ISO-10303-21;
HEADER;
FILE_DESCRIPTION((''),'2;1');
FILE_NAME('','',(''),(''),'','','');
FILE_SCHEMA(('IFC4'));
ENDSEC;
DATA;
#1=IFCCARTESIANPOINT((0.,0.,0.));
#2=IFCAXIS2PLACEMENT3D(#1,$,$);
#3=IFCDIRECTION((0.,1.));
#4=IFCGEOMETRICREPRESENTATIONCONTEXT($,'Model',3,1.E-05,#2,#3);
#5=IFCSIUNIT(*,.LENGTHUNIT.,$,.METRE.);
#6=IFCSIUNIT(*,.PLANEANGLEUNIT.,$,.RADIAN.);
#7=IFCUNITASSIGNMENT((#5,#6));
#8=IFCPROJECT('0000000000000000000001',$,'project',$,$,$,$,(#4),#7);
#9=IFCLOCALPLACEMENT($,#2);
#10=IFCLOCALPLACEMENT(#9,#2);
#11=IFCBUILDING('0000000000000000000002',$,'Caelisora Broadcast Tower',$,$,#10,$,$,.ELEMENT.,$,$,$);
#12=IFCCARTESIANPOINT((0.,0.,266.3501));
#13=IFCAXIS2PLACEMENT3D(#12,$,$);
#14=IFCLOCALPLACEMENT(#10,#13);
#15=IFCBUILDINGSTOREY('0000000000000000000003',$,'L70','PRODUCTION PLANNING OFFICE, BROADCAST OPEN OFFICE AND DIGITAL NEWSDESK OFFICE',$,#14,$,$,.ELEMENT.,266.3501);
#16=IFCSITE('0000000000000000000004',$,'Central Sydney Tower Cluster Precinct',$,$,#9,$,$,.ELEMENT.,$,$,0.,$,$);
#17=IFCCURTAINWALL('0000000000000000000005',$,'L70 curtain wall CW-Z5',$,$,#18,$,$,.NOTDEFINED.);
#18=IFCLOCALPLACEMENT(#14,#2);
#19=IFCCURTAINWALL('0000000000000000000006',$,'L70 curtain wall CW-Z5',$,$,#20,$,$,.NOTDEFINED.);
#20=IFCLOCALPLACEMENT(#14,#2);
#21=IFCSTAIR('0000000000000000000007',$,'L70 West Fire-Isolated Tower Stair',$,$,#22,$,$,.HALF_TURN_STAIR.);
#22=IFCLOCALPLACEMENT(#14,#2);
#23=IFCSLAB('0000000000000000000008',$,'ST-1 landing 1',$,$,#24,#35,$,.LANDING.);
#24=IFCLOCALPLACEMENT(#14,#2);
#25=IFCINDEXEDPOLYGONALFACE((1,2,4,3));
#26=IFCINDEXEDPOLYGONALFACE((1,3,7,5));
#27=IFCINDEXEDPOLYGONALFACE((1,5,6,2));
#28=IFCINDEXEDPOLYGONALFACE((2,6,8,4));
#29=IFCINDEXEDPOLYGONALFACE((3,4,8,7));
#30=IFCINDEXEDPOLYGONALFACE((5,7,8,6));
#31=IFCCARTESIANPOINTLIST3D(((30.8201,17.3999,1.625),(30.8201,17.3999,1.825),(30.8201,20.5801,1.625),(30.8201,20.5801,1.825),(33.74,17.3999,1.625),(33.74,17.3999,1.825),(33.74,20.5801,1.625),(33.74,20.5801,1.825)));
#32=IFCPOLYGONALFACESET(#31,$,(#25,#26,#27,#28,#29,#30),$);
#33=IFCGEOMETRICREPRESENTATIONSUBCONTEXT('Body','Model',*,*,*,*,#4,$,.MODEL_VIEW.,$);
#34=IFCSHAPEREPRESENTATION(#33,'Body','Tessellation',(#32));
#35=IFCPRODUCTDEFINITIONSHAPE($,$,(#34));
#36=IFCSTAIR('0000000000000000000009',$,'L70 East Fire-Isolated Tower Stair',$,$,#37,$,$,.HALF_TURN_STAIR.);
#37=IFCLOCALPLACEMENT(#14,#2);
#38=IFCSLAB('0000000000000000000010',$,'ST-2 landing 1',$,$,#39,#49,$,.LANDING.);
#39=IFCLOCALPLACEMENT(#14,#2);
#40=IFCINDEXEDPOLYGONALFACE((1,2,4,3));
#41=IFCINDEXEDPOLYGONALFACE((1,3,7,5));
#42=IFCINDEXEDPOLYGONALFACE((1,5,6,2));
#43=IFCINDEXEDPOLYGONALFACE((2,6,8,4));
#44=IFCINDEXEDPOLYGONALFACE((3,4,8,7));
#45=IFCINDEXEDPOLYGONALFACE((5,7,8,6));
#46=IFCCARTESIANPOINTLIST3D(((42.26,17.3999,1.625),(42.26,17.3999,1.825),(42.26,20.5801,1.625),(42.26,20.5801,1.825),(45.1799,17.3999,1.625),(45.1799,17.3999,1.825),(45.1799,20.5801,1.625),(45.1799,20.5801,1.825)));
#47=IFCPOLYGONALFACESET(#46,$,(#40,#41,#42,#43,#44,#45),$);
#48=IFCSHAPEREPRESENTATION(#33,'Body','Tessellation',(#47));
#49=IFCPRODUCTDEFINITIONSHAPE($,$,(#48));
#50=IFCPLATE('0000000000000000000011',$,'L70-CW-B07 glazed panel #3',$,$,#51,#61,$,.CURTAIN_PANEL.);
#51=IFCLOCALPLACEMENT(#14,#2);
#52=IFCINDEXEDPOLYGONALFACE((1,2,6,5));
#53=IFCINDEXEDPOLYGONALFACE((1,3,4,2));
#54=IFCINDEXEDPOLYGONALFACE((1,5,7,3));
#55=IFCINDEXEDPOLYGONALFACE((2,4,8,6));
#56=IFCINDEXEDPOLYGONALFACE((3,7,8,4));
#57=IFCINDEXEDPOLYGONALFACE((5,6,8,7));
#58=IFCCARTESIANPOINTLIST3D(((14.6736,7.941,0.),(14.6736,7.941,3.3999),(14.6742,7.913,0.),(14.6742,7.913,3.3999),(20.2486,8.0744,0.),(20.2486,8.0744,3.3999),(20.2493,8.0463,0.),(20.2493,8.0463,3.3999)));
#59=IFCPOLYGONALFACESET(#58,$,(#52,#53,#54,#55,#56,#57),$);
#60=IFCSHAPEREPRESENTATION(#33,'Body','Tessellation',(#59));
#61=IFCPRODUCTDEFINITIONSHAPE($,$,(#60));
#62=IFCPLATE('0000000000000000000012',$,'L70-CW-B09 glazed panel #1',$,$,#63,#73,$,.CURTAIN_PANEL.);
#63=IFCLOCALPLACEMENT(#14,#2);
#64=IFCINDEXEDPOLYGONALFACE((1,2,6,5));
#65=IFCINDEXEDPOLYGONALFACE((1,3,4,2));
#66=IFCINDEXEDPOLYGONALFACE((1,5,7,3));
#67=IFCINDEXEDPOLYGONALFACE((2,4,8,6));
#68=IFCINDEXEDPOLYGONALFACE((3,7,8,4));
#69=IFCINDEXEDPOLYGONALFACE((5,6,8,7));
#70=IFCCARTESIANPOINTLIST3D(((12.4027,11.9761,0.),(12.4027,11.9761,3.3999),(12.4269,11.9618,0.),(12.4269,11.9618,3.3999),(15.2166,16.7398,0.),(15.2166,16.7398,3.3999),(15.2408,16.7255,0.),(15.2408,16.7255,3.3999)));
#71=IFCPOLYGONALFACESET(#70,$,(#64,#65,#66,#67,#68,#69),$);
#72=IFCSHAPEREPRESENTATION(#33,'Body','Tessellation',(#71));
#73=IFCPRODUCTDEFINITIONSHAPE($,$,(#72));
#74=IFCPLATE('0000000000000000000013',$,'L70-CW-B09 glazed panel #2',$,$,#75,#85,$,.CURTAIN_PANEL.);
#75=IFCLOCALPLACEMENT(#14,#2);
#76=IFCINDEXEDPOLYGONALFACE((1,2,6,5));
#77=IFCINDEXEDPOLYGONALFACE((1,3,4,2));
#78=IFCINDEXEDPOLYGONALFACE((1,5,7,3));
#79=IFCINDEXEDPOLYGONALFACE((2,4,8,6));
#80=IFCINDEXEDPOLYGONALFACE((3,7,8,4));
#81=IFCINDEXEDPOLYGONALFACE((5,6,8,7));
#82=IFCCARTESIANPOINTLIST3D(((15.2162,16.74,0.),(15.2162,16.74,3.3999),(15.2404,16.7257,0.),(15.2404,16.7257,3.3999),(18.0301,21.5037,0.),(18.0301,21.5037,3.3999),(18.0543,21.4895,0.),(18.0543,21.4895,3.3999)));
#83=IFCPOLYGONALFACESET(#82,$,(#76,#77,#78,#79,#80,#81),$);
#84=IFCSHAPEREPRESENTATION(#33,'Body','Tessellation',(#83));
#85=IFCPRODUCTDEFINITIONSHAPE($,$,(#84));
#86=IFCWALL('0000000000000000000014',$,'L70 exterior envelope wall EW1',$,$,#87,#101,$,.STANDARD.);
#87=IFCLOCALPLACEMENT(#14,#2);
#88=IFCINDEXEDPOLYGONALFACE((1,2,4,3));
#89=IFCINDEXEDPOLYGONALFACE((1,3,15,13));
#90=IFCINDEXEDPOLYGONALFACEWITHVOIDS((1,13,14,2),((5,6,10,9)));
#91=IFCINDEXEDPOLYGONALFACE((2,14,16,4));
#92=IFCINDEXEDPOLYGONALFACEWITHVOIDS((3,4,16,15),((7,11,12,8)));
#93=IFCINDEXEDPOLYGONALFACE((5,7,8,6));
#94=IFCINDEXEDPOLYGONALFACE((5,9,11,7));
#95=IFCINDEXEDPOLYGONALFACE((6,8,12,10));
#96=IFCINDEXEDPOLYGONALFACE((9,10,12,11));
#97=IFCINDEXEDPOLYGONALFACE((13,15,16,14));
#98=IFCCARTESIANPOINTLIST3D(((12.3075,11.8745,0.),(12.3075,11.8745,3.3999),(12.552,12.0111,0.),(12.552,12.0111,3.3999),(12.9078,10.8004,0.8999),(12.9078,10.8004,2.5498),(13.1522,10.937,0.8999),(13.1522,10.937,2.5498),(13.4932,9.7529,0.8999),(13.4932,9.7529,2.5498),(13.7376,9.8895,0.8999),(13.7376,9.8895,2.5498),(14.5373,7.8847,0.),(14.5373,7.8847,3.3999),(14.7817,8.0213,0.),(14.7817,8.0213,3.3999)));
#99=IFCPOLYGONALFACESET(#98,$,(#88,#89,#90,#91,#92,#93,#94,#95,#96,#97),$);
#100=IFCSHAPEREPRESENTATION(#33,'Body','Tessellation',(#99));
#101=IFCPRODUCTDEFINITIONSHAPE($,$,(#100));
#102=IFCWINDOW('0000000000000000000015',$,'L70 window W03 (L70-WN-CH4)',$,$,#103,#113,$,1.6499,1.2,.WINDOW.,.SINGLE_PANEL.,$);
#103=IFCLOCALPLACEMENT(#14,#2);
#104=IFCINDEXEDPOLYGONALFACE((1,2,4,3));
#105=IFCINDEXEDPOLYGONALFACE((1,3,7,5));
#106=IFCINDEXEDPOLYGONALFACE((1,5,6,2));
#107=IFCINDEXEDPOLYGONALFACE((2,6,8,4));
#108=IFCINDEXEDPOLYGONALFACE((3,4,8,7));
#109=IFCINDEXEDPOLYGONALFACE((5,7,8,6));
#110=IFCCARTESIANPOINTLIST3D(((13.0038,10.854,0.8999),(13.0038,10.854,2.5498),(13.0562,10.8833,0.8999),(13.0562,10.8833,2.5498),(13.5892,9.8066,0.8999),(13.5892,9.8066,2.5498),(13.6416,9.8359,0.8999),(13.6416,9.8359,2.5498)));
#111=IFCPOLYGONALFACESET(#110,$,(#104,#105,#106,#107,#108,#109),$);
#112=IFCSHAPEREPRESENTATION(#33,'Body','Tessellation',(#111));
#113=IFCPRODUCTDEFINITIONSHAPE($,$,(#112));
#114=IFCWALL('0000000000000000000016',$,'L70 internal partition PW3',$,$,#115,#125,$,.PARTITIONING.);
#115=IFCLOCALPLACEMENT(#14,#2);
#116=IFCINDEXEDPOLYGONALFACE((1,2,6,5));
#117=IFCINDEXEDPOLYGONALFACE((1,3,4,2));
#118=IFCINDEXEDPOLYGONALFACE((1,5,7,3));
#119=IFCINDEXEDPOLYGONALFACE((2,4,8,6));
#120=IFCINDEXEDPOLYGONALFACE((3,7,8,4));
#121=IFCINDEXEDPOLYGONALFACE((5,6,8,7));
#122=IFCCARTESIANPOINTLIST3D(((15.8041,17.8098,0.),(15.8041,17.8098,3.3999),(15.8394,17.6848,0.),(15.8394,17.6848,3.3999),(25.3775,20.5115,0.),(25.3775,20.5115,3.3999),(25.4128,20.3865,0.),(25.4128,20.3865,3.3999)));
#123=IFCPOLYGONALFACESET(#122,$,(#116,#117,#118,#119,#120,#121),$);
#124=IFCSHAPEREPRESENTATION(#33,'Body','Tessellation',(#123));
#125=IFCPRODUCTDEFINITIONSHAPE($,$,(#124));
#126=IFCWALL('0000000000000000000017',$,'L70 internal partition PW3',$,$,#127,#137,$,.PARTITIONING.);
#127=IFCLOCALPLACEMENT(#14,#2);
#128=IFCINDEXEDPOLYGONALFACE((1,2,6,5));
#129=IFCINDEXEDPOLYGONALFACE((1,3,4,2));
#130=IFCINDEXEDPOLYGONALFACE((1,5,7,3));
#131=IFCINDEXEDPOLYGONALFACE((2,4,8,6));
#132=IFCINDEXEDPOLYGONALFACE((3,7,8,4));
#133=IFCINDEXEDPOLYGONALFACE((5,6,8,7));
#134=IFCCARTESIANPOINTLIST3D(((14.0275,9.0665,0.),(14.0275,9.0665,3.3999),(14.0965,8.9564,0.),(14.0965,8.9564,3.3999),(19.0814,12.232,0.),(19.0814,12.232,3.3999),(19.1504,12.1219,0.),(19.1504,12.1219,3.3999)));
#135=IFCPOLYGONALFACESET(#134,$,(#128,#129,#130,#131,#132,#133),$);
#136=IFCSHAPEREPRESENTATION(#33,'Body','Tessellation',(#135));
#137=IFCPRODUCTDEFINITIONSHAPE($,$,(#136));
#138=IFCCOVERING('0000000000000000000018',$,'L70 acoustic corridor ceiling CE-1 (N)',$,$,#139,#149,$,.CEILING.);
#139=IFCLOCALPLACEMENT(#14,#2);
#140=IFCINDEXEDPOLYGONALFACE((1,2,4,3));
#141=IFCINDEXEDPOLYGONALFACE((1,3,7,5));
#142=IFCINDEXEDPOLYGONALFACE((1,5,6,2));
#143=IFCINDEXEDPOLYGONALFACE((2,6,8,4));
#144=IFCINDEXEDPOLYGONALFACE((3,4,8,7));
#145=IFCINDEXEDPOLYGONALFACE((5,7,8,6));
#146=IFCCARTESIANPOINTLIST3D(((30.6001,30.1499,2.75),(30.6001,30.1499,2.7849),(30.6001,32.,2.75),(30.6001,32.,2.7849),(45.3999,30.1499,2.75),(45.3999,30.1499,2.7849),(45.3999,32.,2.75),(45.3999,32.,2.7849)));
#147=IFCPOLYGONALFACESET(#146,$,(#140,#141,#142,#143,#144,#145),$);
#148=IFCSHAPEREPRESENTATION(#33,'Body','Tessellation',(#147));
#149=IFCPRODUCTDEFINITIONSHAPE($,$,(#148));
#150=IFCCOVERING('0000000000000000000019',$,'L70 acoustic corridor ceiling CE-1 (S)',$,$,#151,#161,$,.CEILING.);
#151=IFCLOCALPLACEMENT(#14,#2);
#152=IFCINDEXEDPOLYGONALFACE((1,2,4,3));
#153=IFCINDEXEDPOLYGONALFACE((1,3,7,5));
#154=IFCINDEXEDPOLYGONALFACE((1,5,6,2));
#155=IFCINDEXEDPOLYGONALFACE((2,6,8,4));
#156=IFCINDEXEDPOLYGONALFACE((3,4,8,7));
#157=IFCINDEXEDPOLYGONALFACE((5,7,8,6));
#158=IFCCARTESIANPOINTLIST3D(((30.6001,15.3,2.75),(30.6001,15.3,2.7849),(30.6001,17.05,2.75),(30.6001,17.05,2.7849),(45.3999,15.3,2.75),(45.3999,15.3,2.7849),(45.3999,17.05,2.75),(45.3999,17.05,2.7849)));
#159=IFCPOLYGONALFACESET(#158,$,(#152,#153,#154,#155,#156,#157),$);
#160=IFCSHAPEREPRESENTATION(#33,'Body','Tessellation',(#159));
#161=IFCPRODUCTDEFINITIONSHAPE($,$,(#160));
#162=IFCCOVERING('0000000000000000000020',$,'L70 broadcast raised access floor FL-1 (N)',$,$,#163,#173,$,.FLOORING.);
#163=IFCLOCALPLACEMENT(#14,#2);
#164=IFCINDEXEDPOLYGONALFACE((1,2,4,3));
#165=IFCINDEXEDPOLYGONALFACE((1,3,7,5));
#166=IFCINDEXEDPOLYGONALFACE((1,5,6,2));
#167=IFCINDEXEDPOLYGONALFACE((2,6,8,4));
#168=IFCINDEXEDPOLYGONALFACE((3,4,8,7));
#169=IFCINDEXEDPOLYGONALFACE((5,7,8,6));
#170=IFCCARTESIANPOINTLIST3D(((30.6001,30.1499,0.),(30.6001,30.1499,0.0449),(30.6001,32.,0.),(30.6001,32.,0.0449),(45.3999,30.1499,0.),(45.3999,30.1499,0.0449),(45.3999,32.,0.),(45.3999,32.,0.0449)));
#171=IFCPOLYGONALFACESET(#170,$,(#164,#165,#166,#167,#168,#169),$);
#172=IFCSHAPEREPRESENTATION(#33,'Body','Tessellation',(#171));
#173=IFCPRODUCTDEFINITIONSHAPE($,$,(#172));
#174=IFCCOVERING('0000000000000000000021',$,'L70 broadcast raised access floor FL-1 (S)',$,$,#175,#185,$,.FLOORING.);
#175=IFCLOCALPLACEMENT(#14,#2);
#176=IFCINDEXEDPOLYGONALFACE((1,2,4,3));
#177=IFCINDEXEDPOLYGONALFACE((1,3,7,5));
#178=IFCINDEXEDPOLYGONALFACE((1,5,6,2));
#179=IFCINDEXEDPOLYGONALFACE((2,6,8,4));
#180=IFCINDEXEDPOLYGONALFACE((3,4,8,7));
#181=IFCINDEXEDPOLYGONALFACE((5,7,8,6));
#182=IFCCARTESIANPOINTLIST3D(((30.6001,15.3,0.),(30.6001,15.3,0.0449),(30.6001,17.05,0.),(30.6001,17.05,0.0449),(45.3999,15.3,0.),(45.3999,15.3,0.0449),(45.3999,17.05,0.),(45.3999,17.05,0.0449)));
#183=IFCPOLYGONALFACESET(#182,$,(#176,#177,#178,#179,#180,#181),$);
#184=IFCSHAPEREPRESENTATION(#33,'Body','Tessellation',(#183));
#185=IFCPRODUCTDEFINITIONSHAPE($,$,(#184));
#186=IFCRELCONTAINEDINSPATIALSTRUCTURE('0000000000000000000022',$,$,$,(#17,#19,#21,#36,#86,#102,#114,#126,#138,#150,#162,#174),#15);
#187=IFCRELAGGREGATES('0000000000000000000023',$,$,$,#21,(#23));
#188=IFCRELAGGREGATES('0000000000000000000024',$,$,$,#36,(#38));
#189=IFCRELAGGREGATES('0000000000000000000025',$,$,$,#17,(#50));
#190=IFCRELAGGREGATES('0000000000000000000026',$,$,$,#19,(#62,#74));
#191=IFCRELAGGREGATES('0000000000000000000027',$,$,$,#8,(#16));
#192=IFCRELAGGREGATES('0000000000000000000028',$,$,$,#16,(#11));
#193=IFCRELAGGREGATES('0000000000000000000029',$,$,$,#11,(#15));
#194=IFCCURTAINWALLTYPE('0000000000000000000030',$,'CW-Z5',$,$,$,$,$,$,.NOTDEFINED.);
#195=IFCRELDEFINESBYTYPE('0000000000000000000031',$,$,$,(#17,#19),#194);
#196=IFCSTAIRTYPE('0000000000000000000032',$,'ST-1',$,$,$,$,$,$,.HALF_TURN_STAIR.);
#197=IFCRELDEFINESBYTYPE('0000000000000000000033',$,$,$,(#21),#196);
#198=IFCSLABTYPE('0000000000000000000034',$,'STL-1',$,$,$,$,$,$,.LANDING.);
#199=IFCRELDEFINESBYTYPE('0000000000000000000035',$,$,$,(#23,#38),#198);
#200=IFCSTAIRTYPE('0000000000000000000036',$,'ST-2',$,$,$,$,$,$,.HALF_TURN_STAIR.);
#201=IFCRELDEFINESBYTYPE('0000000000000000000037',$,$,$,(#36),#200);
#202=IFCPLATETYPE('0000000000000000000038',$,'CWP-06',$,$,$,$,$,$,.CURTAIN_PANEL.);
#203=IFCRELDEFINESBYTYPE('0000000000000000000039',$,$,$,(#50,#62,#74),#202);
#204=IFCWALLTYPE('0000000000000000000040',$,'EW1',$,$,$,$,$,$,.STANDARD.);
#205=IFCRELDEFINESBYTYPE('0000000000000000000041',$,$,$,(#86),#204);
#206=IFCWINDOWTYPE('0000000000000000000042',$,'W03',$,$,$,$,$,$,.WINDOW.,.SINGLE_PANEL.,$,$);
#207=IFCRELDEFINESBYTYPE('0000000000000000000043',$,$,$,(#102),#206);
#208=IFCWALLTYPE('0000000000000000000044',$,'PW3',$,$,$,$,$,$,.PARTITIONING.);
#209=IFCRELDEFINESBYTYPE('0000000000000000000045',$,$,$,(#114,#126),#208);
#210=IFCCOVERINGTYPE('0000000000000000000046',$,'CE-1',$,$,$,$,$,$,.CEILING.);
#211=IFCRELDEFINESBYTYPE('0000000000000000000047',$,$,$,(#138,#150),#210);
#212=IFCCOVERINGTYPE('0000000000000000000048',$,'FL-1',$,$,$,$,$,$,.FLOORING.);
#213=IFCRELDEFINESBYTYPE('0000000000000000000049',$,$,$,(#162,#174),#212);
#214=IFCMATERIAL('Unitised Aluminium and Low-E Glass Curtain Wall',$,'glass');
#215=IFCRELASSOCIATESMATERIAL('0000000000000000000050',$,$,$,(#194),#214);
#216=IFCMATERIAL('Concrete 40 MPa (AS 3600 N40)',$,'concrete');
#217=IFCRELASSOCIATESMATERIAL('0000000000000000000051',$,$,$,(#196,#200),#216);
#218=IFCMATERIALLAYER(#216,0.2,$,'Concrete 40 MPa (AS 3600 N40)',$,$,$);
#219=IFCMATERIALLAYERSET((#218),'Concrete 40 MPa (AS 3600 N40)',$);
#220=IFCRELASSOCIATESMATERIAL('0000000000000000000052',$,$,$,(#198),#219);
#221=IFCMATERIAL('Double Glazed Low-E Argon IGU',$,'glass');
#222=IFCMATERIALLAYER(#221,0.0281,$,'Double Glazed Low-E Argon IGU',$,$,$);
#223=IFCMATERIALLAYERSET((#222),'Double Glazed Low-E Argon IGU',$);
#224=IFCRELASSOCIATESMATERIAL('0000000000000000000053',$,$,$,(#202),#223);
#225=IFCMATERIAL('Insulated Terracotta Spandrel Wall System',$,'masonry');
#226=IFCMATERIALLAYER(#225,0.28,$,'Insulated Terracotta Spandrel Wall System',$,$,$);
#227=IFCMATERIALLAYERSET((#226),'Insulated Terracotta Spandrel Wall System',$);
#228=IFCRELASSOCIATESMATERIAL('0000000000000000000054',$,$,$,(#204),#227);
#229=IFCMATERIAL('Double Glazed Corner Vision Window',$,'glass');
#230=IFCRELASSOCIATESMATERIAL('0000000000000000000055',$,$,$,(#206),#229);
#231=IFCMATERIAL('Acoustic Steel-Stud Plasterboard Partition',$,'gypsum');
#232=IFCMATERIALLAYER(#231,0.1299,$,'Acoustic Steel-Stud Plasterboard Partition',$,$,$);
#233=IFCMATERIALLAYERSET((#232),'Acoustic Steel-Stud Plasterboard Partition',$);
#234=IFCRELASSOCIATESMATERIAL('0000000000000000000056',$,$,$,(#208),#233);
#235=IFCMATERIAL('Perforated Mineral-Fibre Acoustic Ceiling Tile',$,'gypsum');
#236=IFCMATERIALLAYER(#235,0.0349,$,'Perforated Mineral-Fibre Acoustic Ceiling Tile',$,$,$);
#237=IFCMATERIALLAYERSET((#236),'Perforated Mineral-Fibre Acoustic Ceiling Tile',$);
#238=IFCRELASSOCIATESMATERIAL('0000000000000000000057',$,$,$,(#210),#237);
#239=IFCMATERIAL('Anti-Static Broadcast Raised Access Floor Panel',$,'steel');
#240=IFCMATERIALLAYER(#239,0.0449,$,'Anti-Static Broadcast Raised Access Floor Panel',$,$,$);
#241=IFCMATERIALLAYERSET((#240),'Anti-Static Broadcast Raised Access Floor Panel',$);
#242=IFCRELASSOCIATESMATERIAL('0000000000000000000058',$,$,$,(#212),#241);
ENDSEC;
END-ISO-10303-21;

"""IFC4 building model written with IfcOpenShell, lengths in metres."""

from ifc_helpers import new_model, si_unit, direction, frame, frame_2d, origin, origin_2d, place, context, subcontext, project, spatial, polyline, rectangle, outline, extrude, source, transform, mapped, material, layer, layer_set, type_object, type_shapes, element, fill, aggregate, save


model = new_model("IFC4")

# Units and contexts
model_context = context("Model", 3, precision=1e-05, world=origin(), true_north=direction((0.0, 1.0)))
body_context = subcontext(model_context, "Body", "Model", "MODEL_VIEW")
ifc_project = project(units=[si_unit("LENGTHUNIT", "METRE"), si_unit("PLANEANGLEUNIT", "RADIAN")], contexts=[model_context])

# Site, building, storey
site_placement = place(None, origin())
site = spatial("IfcSite", under=ifc_project, at=site_placement, Name="Central Sydney Tower Cluster Precinct", CompositionType="ELEMENT", RefElevation=0.0)
building_placement = place(site_placement, origin())
building = spatial("IfcBuilding", under=site, at=building_placement, Name="Caelisora Broadcast Tower", CompositionType="ELEMENT")
storey_placement = place(building_placement, frame((0.0, 0.0, 266.3501)))
storey = spatial("IfcBuildingStorey", under=building, at=storey_placement, Name="L70", Description="PRODUCTION PLANNING OFFICE, BROADCAST OPEN OFFICE AND DIGITAL NEWSDESK OFFICE", CompositionType="ELEMENT", Elevation=266.3501)

# Curtain wall
ifc_material_1 = material(Name="Unitised Aluminium and Low-E Glass Curtain Wall", Category="glass")
curtain_wall_type = type_object("IfcCurtainWallType", Name="CW-Z5", PredefinedType="NOTDEFINED", material=ifc_material_1)
curtain_wall_1_placement = place(storey_placement, origin())
curtain_wall_1 = element("IfcCurtainWall", 1, at=curtain_wall_1_placement, inside=storey, type_object=curtain_wall_type, Name="L70 curtain wall CW-Z5", PredefinedType="NOTDEFINED")

# Curtain wall
curtain_wall_2_placement = place(storey_placement, origin())
curtain_wall_2 = element("IfcCurtainWall", 2, at=curtain_wall_2_placement, inside=storey, type_object=curtain_wall_type, Name="L70 curtain wall CW-Z5", PredefinedType="NOTDEFINED")

# Shared definitions
ifc_material_2 = material(Name="Concrete 40 MPa (AS 3600 N40)", Category="concrete")

# Stairs, slabs
stair_type_1 = type_object("IfcStairType", Name="ST-1", PredefinedType="HALF_TURN_STAIR", material=ifc_material_2)
stair_1_placement = place(storey_placement, origin())
stair_1 = element("IfcStair", 3, at=stair_1_placement, inside=storey, type_object=stair_type_1, Name="L70 West Fire-Isolated Tower Stair", PredefinedType="HALF_TURN_STAIR")
ifc_layer_1 = layer(ifc_material_2, 0.2, Name="Concrete 40 MPa (AS 3600 N40)")
ifc_layer_set_1 = layer_set([ifc_layer_1], Name="Concrete 40 MPa (AS 3600 N40)")
slab_type_1 = type_object("IfcSlabType", Name="STL-1", PredefinedType="LANDING", material=ifc_layer_set_1)
slab_1_placement = place(storey_placement, frame((0.0, 0.0, 1.625)))
slab_1 = element("IfcSlab", 4, at=slab_1_placement, type_object=slab_type_1, Name="ST-1 landing 1", PredefinedType="LANDING", context=body_context, shape_type="SweptSolid", body=[
    extrude(outline(polyline([(30.8201, 20.5801), (30.8201, 17.3999), (33.74, 17.3999), (33.74, 20.5801), (30.8201, 20.5801)])), origin(), (0.0, 0.0, 1.0), 0.2),
])
aggregate(stair_1, [slab_1])
stair_type_2 = type_object("IfcStairType", Name="ST-2", PredefinedType="HALF_TURN_STAIR", material=ifc_material_2)
stair_2_placement = place(storey_placement, origin())
stair_2 = element("IfcStair", 5, at=stair_2_placement, inside=storey, type_object=stair_type_2, Name="L70 East Fire-Isolated Tower Stair", PredefinedType="HALF_TURN_STAIR")
slab_2_placement = place(storey_placement, frame((0.0, 0.0, 1.625)))
slab_2 = element("IfcSlab", 6, at=slab_2_placement, type_object=slab_type_1, Name="ST-2 landing 1", PredefinedType="LANDING", context=body_context, shape_type="SweptSolid", body=[
    extrude(outline(polyline([(42.26, 20.5801), (42.26, 17.3999), (45.1799, 17.3999), (45.1799, 20.5801), (42.26, 20.5801)])), origin(), (0.0, 0.0, 1.0), 0.2),
])
aggregate(stair_2, [slab_2])

# Plates
ifc_material_3 = material(Name="Double Glazed Low-E Argon IGU", Category="glass")
ifc_layer_2 = layer(ifc_material_3, 0.0281, Name="Double Glazed Low-E Argon IGU")
ifc_layer_set_2 = layer_set([ifc_layer_2], Name="Double Glazed Low-E Argon IGU")
plate_type = type_object("IfcPlateType", Name="CWP-06", PredefinedType="CURTAIN_PANEL", material=ifc_layer_set_2)
shared_shape_1 = source(origin(), body_context, "Body", "SweptSolid", [
    extrude(rectangle(XDim=5.5767, YDim=0.0281, at=origin_2d()), origin(), (0.0, 0.0, 1.0), 3.3999),
])
plate_1_placement = place(storey_placement, frame((17.4614, 7.9937, 0.0), z_axis=(0.0, 0.0, 1.0), x_axis=(-0.999714, -0.023909, 0.0)))
plate_1 = element("IfcPlate", 7, at=plate_1_placement, type_object=plate_type, Name="L70-CW-B07 glazed panel #3", PredefinedType="CURTAIN_PANEL", context=body_context, shape_type="MappedRepresentation", body=[
    mapped(shared_shape_1, transform((0.0, 0.0, 0.0), scale=1.0)),
])
aggregate(curtain_wall_1, [plate_1])
shared_shape_2 = source(origin(), body_context, "Body", "SweptSolid", [
    extrude(rectangle(XDim=5.5327, YDim=0.0281, at=origin_2d()), origin(), (0.0, 0.0, 1.0), 3.3999),
])
type_shapes(plate_type, [shared_shape_1, shared_shape_2])
plate_2_placement = place(storey_placement, frame((13.8218, 14.3508, 0.0), z_axis=(0.0, 0.0, 1.0), x_axis=(0.508591, 0.861008, 0.0)))
plate_2 = element("IfcPlate", 8, at=plate_2_placement, type_object=plate_type, Name="L70-CW-B09 glazed panel #1", PredefinedType="CURTAIN_PANEL", context=body_context, shape_type="MappedRepresentation", body=[
    mapped(shared_shape_2, transform((0.0, 0.0, 0.0), scale=1.0)),
])
plate_3_placement = place(storey_placement, frame((16.6353, 19.1147, 0.0), z_axis=(0.0, 0.0, 1.0), x_axis=(0.508591, 0.861008, 0.0)))
plate_3 = element("IfcPlate", 9, at=plate_3_placement, type_object=plate_type, Name="L70-CW-B09 glazed panel #2", PredefinedType="CURTAIN_PANEL", context=body_context, shape_type="MappedRepresentation", body=[
    mapped(shared_shape_2, transform((0.0, 0.0, 0.0), scale=1.0)),
])
aggregate(curtain_wall_2, [plate_2, plate_3])

# Wall, opening, window
ifc_material_4 = material(Name="Insulated Terracotta Spandrel Wall System", Category="masonry")
ifc_layer_3 = layer(ifc_material_4, 0.28, Name="Insulated Terracotta Spandrel Wall System")
ifc_layer_set_3 = layer_set([ifc_layer_3], Name="Insulated Terracotta Spandrel Wall System")
wall_type_1 = type_object("IfcWallType", Name="EW1", PredefinedType="STANDARD", material=ifc_layer_set_3)
wall_1_placement = place(storey_placement, frame((14.6594, 7.9531, 0.0), z_axis=(0.0, 0.0, 1.0), x_axis=(-0.48785, 0.872927, 0.0)))
wall_1 = element("IfcWall", 10, at=wall_1_placement, inside=storey, type_object=wall_type_1, Name="L70 exterior envelope wall EW1", PredefinedType="STANDARD", context=body_context, shape_type="SweptSolid", body=[
    extrude(rectangle(XDim=4.5706, YDim=0.28, at=frame_2d((2.2852, 0.0))), origin(), (0.0, 0.0, 1.0), 3.3999),
])
opening_placement = place(wall_1_placement, frame((2.1399, 0.0, 0.8999)))
opening = element("IfcOpeningElement", 11, at=opening_placement, cuts=wall_1, PredefinedType="OPENING", context=body_context, shape_type="SweptSolid", body=[
    extrude(rectangle(XDim=1.2, YDim=1.6499, at=frame_2d((0.6001, 0.825))), frame((0.0, 0.1521, 0.0), z_axis=(0.0, -1.0, 0.0), x_axis=(1.0, 0.0, 0.0)), (0.0, 0.0, 1.0), 0.304),
])
ifc_material_5 = material(Name="Double Glazed Corner Vision Window", Category="glass")
window_type = type_object("IfcWindowType", Name="W03", PartitioningType="SINGLE_PANEL", PredefinedType="WINDOW", material=ifc_material_5)
window_placement = place(opening_placement, origin())
window = element("IfcWindow", 12, at=window_placement, inside=storey, type_object=window_type, Name="L70 window W03 (L70-WN-CH4)", OverallHeight=1.6499, OverallWidth=1.2, PartitioningType="SINGLE_PANEL", PredefinedType="WINDOW", context=body_context, shape_type="SweptSolid", body=[
    extrude(rectangle(XDim=1.2, YDim=1.6499, at=frame_2d((0.6001, 0.825))), frame((0.0, 0.03, 0.0), z_axis=(0.0, -1.0, 0.0), x_axis=(1.0, 0.0, 0.0)), (0.0, 0.0, 1.0), 0.0601),
])
fill(opening, window)

# Walls
ifc_material_6 = material(Name="Acoustic Steel-Stud Plasterboard Partition", Category="gypsum")
ifc_layer_4 = layer(ifc_material_6, 0.1299, Name="Acoustic Steel-Stud Plasterboard Partition")
ifc_layer_set_4 = layer_set([ifc_layer_4], Name="Acoustic Steel-Stud Plasterboard Partition")
wall_type_2 = type_object("IfcWallType", Name="PW3", PredefinedType="PARTITIONING", material=ifc_layer_set_4)
wall_2_placement = place(storey_placement, frame((15.8218, 17.7473, 0.0), z_axis=(0.0, 0.0, 1.0), x_axis=(0.96241, 0.271601, 0.0)))
element("IfcWall", 13, at=wall_2_placement, inside=storey, type_object=wall_type_2, Name="L70 internal partition PW3", PredefinedType="PARTITIONING", context=body_context, shape_type="SweptSolid", body=[
    extrude(rectangle(XDim=9.9473, YDim=0.1299, at=frame_2d((4.9736, 0.0))), origin(), (0.0, 0.0, 1.0), 3.3999),
])
wall_3_placement = place(storey_placement, frame((14.062, 9.0115, 0.0), z_axis=(0.0, 0.0, 1.0), x_axis=(0.847485, 0.530819, 0.0)))
element("IfcWall", 14, at=wall_3_placement, inside=storey, type_object=wall_type_2, Name="L70 internal partition PW3", PredefinedType="PARTITIONING", context=body_context, shape_type="SweptSolid", body=[
    extrude(rectangle(XDim=5.9634, YDim=0.1299, at=frame_2d((2.9817, 0.0))), origin(), (0.0, 0.0, 1.0), 3.3999),
])

# Coverings
ifc_material_7 = material(Name="Perforated Mineral-Fibre Acoustic Ceiling Tile", Category="gypsum")
ifc_layer_5 = layer(ifc_material_7, 0.0349, Name="Perforated Mineral-Fibre Acoustic Ceiling Tile")
ifc_layer_set_5 = layer_set([ifc_layer_5], Name="Perforated Mineral-Fibre Acoustic Ceiling Tile")
covering_type_1 = type_object("IfcCoveringType", Name="CE-1", PredefinedType="CEILING", material=ifc_layer_set_5)
covering_1_placement = place(storey_placement, frame((0.0, 0.0, 2.75)))
element("IfcCovering", 15, at=covering_1_placement, inside=storey, type_object=covering_type_1, Name="L70 acoustic corridor ceiling CE-1 (N)", PredefinedType="CEILING", context=body_context, shape_type="SweptSolid", body=[
    extrude(outline(polyline([(30.6001, 30.1499), (45.3999, 30.1499), (45.3999, 32.0), (30.6001, 32.0), (30.6001, 30.1499)])), origin(), (0.0, 0.0, 1.0), 0.0349),
])
covering_2_placement = place(storey_placement, frame((0.0, 0.0, 2.75)))
element("IfcCovering", 16, at=covering_2_placement, inside=storey, type_object=covering_type_1, Name="L70 acoustic corridor ceiling CE-1 (S)", PredefinedType="CEILING", context=body_context, shape_type="SweptSolid", body=[
    extrude(outline(polyline([(30.6001, 15.3), (45.3999, 15.3), (45.3999, 17.05), (30.6001, 17.05), (30.6001, 15.3)])), origin(), (0.0, 0.0, 1.0), 0.0349),
])
ifc_material_8 = material(Name="Anti-Static Broadcast Raised Access Floor Panel", Category="steel")
ifc_layer_6 = layer(ifc_material_8, 0.0449, Name="Anti-Static Broadcast Raised Access Floor Panel")
ifc_layer_set_6 = layer_set([ifc_layer_6], Name="Anti-Static Broadcast Raised Access Floor Panel")
covering_type_2 = type_object("IfcCoveringType", Name="FL-1", PredefinedType="FLOORING", material=ifc_layer_set_6)
covering_3_placement = place(storey_placement, origin())
element("IfcCovering", 17, at=covering_3_placement, inside=storey, type_object=covering_type_2, Name="L70 broadcast raised access floor FL-1 (N)", PredefinedType="FLOORING", context=body_context, shape_type="SweptSolid", body=[
    extrude(outline(polyline([(30.6001, 30.1499), (45.3999, 30.1499), (45.3999, 32.0), (30.6001, 32.0), (30.6001, 30.1499)])), origin(), (0.0, 0.0, 1.0), 0.0449),
])
covering_4_placement = place(storey_placement, origin())
element("IfcCovering", 18, at=covering_4_placement, inside=storey, type_object=covering_type_2, Name="L70 broadcast raised access floor FL-1 (S)", PredefinedType="FLOORING", context=body_context, shape_type="SweptSolid", body=[
    extrude(outline(polyline([(30.6001, 15.3), (45.3999, 15.3), (45.3999, 17.05), (30.6001, 17.05), (30.6001, 15.3)])), origin(), (0.0, 0.0, 1.0), 0.0449),
])

save(model, "model.ifc")
